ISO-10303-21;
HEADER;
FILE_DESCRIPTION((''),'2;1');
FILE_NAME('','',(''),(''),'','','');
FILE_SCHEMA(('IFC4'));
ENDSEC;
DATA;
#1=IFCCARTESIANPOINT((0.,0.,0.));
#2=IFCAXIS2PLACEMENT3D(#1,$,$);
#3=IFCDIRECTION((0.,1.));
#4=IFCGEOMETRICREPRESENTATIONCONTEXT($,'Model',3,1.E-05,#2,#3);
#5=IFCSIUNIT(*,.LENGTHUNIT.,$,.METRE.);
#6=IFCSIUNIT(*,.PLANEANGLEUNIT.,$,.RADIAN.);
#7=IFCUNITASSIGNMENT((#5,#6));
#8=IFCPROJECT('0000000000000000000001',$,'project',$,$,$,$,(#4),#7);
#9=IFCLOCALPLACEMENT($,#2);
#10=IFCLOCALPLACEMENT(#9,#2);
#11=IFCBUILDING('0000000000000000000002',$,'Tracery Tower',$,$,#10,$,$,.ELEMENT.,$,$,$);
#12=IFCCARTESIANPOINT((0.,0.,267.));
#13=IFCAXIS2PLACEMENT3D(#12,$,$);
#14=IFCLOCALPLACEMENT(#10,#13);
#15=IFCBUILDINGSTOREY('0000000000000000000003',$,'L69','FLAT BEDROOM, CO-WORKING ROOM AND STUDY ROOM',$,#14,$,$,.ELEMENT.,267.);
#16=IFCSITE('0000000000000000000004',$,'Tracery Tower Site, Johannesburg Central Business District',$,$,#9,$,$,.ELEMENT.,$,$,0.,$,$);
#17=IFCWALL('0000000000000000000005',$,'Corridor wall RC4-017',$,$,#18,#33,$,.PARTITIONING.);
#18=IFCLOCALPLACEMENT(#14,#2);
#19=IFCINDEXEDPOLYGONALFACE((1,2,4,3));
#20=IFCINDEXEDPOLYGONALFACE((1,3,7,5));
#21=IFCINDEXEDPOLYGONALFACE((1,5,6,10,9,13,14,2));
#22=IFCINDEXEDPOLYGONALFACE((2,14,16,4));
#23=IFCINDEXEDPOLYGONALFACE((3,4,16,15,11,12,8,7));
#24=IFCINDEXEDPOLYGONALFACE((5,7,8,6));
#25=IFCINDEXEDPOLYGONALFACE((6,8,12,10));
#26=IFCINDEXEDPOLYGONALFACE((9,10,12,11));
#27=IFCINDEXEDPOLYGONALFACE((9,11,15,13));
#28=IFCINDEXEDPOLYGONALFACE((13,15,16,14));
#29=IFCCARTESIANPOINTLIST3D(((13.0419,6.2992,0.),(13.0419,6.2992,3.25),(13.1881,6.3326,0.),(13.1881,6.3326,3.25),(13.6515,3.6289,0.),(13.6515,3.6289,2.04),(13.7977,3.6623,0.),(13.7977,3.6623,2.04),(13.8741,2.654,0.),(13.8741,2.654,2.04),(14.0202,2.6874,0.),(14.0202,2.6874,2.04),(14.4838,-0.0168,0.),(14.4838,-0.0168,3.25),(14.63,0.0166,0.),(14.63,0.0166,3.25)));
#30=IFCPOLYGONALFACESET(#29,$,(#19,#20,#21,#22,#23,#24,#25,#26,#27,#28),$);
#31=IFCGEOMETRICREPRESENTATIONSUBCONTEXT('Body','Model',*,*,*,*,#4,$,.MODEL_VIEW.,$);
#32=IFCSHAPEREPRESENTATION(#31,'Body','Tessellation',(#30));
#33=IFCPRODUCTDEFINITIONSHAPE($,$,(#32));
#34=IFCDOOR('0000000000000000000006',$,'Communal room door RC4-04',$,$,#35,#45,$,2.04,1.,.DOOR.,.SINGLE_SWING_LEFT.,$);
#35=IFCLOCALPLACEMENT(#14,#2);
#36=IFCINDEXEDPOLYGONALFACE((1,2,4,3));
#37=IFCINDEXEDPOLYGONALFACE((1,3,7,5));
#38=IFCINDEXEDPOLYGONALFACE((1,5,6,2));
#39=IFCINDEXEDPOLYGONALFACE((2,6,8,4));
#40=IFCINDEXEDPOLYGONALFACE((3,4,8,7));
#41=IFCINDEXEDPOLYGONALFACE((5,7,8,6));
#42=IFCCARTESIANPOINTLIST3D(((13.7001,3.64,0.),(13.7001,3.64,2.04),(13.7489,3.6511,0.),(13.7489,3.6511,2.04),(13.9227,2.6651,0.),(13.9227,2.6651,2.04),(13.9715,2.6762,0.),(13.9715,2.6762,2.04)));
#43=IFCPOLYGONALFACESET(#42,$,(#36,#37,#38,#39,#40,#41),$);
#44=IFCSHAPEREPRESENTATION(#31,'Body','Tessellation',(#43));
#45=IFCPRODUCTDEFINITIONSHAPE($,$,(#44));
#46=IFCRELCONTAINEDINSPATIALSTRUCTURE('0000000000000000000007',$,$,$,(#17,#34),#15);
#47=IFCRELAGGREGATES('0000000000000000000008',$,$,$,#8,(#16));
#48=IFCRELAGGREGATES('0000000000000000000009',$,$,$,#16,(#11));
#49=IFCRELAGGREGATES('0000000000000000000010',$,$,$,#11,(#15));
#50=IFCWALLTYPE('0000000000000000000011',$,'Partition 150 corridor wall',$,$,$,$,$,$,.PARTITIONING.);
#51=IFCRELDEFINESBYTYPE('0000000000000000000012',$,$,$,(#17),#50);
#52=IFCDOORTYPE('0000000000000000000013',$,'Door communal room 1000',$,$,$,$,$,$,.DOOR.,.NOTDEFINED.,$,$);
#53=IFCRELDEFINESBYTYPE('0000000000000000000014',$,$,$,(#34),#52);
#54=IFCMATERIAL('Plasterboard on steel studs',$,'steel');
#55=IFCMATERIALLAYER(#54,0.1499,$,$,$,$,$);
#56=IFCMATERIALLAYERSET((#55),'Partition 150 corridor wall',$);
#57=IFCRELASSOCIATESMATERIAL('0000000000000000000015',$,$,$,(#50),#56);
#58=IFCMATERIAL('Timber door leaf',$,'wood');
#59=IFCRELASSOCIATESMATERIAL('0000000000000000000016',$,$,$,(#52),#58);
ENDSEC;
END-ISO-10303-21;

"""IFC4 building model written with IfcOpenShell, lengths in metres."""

from ifc_helpers import new_model, si_unit, direction, frame, frame_2d, origin, place, context, subcontext, project, spatial, rectangle, extrude, material, layer, layer_set, type_object, element, fill, save


model = new_model("IFC4")

# Units and contexts
model_context = context("Model", 3, precision=1e-05, world=origin(), true_north=direction((0.0, 1.0)))
body_context = subcontext(model_context, "Body", "Model", "MODEL_VIEW")
ifc_project = project(units=[si_unit("LENGTHUNIT", "METRE"), si_unit("PLANEANGLEUNIT", "RADIAN")], contexts=[model_context])

# Site, building, storey
site_placement = place(None, origin())
site = spatial("IfcSite", under=ifc_project, at=site_placement, Name="Tracery Tower Site, Johannesburg Central Business District", CompositionType="ELEMENT", RefElevation=0.0)
building_placement = place(site_placement, origin())
building = spatial("IfcBuilding", under=site, at=building_placement, Name="Tracery Tower", CompositionType="ELEMENT")
storey_placement = place(building_placement, frame((0.0, 0.0, 267.0)))
storey = spatial("IfcBuildingStorey", under=building, at=storey_placement, Name="L69", Description="FLAT BEDROOM, CO-WORKING ROOM AND STUDY ROOM", CompositionType="ELEMENT", Elevation=267.0)

# Shared definitions
ifc_material_1 = material(Name="Plasterboard on steel studs", Category="steel")
ifc_layer_1 = layer(ifc_material_1, 0.1499)
ifc_layer_set_1 = layer_set([ifc_layer_1], Name="Partition 150 corridor wall")
wall_type_1 = type_object("IfcWallType", Name="Partition 150 corridor wall", PredefinedType="PARTITIONING", material=ifc_layer_set_1)

# Wall, opening, door
wall_1_placement = place(storey_placement, frame((13.115, 6.3159, 0.0), z_axis=(0.0, 0.0, 1.0), x_axis=(0.222569, -0.974917, 0.0)))
wall_1 = element("IfcWall", 1, at=wall_1_placement, inside=storey, type_object=wall_type_1, Name="Corridor wall RC4-017", PredefinedType="PARTITIONING", context=body_context, shape_type="SweptSolid", body=[
    extrude(rectangle(XDim=6.4785, YDim=0.1499, at=frame_2d((3.2393, 0.0))), origin(), (0.0, 0.0, 1.0), 3.25),
])
opening_1_placement = place(wall_1_placement, frame((2.739, 0.0, 0.0)))
opening_1 = element("IfcOpeningElement", 2, at=opening_1_placement, cuts=wall_1, PredefinedType="OPENING", context=body_context, shape_type="SweptSolid", body=[
    extrude(rectangle(XDim=1.0, YDim=2.04, at=frame_2d((0.5, 1.02))), frame((0.0, 0.075, 0.0), z_axis=(0.0, -1.0, 0.0), x_axis=(1.0, 0.0, 0.0)), (0.0, 0.0, 1.0), 0.1499),
])
ifc_material_2 = material(Name="Timber door leaf", Category="wood")
door_type = type_object("IfcDoorType", Name="Door communal room 1000", OperationType="NOTDEFINED", PredefinedType="DOOR", material=ifc_material_2)
door_placement = place(opening_1_placement, origin())
door = element("IfcDoor", 3, at=door_placement, inside=storey, type_object=door_type, Name="Communal room door RC4-04", OperationType="SINGLE_SWING_LEFT", OverallHeight=2.04, OverallWidth=1.0, PredefinedType="DOOR", context=body_context, shape_type="SweptSolid", body=[
    extrude(rectangle(XDim=1.0, YDim=2.04, at=frame_2d((0.5, 1.02))), frame((0.0, 0.0249, 0.0), z_axis=(0.0, -1.0, 0.0), x_axis=(1.0, 0.0, 0.0)), (0.0, 0.0, 1.0), 0.05),
])
fill(opening_1, door)

save(model, "model.ifc")
